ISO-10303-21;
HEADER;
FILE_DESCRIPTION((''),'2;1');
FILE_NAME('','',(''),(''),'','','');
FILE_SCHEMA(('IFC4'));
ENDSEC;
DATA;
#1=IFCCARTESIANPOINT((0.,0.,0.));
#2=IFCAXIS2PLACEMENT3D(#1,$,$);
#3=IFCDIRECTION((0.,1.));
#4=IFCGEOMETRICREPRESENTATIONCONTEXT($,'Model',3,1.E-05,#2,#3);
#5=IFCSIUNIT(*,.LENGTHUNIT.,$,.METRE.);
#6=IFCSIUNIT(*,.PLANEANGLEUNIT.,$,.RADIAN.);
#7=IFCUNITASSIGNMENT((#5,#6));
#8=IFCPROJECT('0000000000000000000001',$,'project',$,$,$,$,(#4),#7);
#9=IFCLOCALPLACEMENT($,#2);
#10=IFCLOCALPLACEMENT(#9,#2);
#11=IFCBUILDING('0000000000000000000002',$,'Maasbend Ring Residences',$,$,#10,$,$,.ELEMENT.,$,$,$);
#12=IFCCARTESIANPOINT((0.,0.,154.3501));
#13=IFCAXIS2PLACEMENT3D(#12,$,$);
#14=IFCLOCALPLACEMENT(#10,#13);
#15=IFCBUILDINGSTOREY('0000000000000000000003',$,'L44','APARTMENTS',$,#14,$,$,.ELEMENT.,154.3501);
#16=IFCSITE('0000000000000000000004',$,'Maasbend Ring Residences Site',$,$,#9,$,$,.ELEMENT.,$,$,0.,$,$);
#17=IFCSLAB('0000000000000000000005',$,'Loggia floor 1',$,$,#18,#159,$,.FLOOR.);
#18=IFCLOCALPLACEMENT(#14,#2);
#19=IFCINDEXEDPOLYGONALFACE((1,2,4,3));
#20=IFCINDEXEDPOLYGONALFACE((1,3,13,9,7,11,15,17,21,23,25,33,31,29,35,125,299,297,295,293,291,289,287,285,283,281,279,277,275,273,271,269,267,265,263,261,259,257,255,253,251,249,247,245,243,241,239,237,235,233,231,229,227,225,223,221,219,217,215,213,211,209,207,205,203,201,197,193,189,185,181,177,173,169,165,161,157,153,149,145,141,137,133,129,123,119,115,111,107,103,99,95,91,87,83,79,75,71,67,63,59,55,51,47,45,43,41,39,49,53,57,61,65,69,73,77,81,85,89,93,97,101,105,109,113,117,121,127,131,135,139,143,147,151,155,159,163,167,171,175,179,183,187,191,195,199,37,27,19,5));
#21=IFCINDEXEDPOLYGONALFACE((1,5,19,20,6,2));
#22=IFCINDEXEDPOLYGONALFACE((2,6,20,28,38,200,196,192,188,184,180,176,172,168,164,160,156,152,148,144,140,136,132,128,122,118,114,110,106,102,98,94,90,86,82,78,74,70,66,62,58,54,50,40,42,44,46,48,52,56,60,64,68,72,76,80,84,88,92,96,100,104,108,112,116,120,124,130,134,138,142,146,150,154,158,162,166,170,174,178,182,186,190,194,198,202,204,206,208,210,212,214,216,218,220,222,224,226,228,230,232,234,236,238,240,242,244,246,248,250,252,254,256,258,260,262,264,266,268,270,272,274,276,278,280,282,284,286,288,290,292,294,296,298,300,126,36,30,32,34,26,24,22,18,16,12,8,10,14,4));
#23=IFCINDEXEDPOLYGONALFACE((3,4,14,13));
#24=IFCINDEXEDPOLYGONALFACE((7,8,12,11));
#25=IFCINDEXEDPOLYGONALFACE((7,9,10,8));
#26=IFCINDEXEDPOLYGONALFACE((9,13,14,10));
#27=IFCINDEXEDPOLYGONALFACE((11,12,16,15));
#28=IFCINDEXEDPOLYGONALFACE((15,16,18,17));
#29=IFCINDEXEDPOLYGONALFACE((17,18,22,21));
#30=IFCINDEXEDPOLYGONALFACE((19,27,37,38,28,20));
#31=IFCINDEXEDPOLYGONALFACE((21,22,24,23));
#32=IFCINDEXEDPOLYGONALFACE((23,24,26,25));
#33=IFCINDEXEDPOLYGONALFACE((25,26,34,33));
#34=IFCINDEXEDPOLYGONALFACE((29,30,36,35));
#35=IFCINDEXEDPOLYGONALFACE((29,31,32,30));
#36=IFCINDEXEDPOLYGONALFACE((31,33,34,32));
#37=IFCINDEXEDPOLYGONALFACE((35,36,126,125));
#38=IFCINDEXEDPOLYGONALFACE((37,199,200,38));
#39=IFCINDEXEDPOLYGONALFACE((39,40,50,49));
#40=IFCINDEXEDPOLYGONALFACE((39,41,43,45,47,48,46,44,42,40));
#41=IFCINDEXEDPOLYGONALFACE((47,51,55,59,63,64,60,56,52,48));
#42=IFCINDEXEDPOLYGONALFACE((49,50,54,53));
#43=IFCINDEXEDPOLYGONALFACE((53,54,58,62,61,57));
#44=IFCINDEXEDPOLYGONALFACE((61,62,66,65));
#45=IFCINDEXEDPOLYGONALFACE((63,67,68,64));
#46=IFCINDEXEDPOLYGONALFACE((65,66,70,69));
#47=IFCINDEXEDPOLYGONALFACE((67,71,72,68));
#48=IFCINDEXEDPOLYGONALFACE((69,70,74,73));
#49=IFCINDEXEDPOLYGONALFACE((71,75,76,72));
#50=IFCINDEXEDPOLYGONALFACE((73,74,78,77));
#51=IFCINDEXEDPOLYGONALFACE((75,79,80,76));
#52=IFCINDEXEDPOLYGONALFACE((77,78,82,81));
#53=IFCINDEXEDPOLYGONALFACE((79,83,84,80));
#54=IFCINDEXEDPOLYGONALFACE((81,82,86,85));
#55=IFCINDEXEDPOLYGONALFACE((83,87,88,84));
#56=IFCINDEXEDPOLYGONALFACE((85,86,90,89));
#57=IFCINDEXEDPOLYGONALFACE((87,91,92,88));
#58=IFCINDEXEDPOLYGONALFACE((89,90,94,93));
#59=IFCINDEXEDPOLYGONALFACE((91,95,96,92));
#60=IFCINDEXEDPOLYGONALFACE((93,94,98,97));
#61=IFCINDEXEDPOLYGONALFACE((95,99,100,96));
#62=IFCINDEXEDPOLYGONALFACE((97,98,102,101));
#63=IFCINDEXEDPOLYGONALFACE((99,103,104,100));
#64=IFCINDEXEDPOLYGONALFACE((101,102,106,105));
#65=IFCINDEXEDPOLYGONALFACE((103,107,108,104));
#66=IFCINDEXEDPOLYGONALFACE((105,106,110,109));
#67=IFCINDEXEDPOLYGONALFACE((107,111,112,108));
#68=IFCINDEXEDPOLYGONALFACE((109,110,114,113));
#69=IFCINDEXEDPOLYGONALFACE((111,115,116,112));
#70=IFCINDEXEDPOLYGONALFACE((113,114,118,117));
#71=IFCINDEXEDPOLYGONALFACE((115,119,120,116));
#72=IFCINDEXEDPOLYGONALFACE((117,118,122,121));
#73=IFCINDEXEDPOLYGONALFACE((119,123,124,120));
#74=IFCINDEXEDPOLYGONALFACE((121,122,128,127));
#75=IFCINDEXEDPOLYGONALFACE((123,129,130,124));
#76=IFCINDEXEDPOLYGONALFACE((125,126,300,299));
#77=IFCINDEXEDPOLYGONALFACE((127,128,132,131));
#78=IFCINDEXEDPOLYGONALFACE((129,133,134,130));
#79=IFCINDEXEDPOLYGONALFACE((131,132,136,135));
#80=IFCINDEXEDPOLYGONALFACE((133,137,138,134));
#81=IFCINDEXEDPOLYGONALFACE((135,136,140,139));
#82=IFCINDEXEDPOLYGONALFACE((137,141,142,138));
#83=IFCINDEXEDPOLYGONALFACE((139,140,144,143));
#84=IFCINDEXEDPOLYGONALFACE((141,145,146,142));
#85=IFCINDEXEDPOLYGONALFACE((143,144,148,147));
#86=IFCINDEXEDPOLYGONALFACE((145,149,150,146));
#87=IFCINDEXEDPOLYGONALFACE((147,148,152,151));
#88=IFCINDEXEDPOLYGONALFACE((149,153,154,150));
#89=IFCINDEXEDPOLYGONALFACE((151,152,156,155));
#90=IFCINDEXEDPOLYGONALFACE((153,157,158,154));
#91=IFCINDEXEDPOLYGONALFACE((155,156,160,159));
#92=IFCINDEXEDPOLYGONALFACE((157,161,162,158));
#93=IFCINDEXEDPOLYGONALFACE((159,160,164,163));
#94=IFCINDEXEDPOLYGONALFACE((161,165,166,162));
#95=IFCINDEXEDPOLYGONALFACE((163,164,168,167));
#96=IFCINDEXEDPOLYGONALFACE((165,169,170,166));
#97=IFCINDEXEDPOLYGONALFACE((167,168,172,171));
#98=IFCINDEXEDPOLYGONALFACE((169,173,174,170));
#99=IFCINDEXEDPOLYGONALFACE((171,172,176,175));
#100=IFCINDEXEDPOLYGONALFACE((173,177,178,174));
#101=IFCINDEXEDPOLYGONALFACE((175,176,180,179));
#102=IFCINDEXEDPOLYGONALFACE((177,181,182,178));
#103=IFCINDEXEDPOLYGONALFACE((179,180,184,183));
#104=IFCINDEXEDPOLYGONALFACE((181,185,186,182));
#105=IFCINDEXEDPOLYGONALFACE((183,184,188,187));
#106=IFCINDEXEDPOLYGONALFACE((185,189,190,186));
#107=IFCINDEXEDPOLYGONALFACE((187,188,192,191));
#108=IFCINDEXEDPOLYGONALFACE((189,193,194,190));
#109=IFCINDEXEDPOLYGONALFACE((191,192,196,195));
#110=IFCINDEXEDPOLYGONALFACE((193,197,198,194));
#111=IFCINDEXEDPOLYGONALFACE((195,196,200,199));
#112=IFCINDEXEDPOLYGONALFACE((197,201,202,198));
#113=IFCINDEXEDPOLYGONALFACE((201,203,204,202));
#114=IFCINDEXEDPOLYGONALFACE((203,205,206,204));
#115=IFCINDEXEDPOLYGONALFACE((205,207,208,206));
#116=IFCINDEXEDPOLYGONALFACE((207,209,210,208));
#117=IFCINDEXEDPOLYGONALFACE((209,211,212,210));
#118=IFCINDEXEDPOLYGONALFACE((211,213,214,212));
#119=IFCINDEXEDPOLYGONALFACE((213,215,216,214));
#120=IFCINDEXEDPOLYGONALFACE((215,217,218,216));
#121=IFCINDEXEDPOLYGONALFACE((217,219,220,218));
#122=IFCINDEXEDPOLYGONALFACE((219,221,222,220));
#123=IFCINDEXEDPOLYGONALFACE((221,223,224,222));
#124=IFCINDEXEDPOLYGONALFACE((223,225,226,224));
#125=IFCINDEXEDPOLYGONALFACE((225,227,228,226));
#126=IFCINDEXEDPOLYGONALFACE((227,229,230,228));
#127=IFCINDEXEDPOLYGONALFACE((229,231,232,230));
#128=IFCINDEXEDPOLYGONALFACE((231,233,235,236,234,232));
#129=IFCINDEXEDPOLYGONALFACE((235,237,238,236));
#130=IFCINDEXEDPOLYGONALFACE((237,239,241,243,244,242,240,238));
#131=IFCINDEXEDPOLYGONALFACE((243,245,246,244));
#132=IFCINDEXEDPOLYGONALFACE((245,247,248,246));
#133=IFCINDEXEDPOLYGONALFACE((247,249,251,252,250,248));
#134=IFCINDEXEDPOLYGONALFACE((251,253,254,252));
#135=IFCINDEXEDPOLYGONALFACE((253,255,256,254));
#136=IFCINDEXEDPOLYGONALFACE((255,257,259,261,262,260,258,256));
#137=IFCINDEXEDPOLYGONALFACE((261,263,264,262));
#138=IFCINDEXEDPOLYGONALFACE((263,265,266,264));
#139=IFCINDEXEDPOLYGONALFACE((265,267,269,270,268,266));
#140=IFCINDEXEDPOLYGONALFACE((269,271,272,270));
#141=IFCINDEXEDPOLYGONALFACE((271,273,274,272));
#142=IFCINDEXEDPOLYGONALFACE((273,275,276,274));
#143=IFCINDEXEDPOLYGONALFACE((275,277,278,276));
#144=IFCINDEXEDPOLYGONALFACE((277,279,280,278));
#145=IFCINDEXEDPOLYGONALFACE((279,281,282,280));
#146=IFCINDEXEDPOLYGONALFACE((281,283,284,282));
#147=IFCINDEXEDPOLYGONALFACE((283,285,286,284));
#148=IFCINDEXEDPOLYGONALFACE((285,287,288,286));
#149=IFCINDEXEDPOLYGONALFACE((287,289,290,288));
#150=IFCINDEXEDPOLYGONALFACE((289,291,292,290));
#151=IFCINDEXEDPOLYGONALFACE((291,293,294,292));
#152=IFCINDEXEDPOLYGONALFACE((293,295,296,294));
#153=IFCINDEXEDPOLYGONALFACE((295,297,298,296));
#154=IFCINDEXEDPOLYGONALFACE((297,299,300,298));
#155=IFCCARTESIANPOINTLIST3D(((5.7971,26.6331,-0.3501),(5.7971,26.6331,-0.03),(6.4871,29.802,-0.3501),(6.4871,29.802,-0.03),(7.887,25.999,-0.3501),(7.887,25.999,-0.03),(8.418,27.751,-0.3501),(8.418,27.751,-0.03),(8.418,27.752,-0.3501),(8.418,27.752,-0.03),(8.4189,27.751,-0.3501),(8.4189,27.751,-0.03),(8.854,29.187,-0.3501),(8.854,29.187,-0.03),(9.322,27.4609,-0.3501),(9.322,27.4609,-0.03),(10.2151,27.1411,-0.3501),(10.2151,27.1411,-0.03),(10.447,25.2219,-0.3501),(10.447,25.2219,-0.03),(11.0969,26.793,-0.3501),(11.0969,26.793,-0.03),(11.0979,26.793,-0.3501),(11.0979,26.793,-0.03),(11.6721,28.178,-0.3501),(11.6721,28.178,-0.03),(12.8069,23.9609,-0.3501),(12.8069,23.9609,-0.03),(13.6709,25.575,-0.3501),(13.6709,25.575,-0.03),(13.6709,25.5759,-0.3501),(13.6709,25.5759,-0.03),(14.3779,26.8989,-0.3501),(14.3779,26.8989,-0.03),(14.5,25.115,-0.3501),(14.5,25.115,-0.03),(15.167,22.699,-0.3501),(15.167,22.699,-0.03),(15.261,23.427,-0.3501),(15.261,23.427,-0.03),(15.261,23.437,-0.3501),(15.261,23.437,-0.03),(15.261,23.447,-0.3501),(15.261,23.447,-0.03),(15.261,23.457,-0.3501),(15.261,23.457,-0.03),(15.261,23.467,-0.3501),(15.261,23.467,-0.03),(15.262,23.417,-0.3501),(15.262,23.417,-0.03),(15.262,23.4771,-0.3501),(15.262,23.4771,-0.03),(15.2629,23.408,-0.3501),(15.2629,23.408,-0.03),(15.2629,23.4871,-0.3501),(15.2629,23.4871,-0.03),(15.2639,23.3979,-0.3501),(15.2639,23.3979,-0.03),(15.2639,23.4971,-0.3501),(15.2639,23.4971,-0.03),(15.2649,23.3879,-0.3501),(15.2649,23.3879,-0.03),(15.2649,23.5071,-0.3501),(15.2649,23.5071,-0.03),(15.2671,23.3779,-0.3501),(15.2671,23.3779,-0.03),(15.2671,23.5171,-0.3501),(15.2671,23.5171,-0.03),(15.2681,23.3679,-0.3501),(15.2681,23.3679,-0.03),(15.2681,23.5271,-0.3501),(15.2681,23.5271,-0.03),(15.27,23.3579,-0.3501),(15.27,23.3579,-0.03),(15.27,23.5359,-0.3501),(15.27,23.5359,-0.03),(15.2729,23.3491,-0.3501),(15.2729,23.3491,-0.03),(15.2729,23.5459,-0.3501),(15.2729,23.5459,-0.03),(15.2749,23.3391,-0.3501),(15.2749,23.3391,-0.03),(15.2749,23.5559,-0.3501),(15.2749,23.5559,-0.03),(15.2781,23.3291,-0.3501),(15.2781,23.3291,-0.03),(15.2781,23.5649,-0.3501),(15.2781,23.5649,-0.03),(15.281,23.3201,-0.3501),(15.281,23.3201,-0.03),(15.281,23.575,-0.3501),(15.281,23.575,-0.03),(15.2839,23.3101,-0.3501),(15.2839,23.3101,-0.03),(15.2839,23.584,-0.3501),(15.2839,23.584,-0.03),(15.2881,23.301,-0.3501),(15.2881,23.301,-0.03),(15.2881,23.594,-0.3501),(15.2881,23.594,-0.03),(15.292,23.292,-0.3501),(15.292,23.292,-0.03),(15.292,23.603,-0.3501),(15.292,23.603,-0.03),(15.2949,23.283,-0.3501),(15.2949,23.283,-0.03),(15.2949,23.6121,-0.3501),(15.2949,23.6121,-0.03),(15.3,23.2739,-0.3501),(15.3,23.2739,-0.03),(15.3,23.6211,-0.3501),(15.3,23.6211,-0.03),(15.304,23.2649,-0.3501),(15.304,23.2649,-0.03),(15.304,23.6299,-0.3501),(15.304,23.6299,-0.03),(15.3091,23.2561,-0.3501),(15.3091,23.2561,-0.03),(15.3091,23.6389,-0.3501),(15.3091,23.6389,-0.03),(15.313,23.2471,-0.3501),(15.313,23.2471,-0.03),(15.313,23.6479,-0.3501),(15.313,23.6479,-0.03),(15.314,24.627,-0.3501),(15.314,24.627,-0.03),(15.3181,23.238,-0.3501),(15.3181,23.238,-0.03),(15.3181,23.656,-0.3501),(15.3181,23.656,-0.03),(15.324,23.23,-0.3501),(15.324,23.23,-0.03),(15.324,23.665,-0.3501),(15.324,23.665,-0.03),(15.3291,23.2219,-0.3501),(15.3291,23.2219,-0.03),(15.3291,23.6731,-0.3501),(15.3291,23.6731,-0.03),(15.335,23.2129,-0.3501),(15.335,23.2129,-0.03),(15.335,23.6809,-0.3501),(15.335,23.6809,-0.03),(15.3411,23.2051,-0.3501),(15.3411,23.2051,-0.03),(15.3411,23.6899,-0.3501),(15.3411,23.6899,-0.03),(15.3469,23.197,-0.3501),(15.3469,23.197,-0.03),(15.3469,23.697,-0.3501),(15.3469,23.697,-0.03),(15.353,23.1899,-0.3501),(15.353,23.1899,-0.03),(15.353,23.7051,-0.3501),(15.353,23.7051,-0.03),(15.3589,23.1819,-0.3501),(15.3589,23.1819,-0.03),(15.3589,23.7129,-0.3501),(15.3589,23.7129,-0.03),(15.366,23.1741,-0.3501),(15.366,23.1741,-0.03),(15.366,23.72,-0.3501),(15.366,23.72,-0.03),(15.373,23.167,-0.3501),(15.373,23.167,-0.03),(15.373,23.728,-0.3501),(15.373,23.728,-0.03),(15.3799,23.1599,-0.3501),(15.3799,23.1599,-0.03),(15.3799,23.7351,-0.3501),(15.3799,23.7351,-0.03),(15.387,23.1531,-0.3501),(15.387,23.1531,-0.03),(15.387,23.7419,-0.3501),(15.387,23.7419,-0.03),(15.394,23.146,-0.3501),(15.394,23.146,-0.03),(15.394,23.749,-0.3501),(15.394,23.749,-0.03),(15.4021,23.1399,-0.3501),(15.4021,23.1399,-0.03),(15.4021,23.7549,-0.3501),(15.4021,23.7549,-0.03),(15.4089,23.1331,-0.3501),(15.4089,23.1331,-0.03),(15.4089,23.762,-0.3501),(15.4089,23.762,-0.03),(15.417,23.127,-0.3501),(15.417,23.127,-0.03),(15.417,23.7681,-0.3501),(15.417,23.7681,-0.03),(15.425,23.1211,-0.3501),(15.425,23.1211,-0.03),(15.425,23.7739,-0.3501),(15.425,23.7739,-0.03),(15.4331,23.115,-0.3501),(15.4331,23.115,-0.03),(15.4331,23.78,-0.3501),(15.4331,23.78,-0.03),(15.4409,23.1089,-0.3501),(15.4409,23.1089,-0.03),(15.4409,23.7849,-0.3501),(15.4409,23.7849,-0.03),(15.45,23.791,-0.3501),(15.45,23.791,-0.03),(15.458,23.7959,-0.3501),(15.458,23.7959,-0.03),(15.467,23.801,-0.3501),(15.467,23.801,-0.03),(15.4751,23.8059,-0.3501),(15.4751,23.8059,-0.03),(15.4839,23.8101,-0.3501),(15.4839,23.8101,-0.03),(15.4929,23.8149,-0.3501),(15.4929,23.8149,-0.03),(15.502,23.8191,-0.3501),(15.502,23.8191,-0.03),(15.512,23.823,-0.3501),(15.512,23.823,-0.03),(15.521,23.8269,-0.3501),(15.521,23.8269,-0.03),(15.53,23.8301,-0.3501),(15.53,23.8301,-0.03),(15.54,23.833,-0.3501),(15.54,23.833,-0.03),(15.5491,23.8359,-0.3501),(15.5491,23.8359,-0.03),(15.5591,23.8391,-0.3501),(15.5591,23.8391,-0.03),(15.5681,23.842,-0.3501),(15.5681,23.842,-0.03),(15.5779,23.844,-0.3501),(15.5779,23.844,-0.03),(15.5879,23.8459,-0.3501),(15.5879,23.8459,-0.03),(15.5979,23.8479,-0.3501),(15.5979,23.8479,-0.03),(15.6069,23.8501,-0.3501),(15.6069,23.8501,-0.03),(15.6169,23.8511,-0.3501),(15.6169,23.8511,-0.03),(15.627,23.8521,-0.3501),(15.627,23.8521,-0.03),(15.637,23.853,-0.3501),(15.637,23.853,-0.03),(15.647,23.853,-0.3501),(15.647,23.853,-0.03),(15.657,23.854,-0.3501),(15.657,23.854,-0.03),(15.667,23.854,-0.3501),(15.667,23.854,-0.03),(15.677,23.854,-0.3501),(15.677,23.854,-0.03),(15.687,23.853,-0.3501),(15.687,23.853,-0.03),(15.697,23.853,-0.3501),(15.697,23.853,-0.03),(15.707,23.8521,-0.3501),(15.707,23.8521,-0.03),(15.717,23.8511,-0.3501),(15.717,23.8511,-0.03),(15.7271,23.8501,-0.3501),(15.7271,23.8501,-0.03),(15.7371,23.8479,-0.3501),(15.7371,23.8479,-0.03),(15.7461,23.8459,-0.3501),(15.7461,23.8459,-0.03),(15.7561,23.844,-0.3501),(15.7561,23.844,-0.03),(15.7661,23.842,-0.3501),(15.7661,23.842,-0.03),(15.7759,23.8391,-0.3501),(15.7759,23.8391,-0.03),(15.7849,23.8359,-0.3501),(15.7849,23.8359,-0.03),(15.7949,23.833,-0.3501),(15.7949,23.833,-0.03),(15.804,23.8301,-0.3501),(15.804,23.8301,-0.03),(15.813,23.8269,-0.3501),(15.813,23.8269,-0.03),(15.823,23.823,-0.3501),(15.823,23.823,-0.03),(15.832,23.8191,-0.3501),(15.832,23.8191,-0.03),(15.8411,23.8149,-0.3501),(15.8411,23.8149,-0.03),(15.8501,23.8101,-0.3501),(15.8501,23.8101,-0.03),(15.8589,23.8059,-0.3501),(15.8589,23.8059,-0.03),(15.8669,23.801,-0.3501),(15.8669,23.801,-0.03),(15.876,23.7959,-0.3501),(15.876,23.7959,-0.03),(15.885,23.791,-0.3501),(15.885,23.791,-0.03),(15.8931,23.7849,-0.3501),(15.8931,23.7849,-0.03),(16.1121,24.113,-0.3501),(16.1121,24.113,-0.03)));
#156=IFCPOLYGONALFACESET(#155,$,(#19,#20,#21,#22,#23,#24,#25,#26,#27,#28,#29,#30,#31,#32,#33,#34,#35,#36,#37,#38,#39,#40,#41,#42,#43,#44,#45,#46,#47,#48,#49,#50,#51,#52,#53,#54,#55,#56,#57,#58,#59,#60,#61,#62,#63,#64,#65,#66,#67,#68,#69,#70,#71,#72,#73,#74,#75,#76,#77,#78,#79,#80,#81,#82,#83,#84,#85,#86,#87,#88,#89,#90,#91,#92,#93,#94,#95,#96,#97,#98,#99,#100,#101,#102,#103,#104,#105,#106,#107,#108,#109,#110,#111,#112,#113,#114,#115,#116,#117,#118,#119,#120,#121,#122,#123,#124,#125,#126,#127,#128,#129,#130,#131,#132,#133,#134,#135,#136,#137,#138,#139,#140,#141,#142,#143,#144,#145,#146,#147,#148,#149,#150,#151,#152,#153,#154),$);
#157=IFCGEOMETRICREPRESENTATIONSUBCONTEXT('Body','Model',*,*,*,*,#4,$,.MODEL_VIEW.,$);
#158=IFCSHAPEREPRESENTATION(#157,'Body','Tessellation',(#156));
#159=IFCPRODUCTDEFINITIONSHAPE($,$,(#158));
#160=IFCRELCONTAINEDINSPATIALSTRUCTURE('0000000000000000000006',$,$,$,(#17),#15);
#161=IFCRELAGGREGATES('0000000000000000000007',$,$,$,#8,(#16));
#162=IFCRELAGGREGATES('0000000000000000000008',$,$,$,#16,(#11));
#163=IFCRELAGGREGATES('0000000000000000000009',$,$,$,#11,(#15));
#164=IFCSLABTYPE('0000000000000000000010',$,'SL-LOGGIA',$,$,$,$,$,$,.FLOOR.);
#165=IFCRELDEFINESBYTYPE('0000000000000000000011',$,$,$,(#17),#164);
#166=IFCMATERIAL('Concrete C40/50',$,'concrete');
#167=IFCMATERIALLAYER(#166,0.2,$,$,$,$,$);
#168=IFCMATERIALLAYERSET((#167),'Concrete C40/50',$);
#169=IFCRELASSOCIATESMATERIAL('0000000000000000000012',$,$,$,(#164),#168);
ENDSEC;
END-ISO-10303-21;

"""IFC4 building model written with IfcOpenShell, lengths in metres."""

from ifc_helpers import new_model, si_unit, direction, frame, origin, place, context, subcontext, project, spatial, polyline, outline, extrude, material, layer, layer_set, type_object, element, save


model = new_model("IFC4")

# Units and contexts
model_context = context("Model", 3, precision=1e-05, world=origin(), true_north=direction((0.0, 1.0)))
body_context = subcontext(model_context, "Body", "Model", "MODEL_VIEW")
ifc_project = project(units=[si_unit("LENGTHUNIT", "METRE"), si_unit("PLANEANGLEUNIT", "RADIAN")], contexts=[model_context])

# Site, building, storey
site_placement = place(None, origin())
site = spatial("IfcSite", under=ifc_project, at=site_placement, Name="Maasbend Ring Residences Site", CompositionType="ELEMENT", RefElevation=0.0)
building_placement = place(site_placement, origin())
building = spatial("IfcBuilding", under=site, at=building_placement, Name="Maasbend Ring Residences", CompositionType="ELEMENT")
storey_placement = place(building_placement, frame((0.0, 0.0, 154.3501)))
storey = spatial("IfcBuildingStorey", under=building, at=storey_placement, Name="L44", Description="APARTMENTS", CompositionType="ELEMENT", Elevation=154.3501)

# Slab
ifc_material_1 = material(Name="Concrete C40/50", Category="concrete")
ifc_layer_1 = layer(ifc_material_1, 0.2)
ifc_layer_set_1 = layer_set([ifc_layer_1], Name="Concrete C40/50")
slab_type_1 = type_object("IfcSlabType", Name="SL-LOGGIA", PredefinedType="FLOOR", material=ifc_layer_set_1)
slab_1_placement = place(storey_placement, frame((0.0, 0.0, -0.3501)))
element("IfcSlab", 1, at=slab_1_placement, inside=storey, type_object=slab_type_1, Name="Loggia floor 1", PredefinedType="FLOOR", context=body_context, shape_type="SweptSolid", body=[
    extrude(outline(polyline([(8.854, 29.187), (8.854, 29.187), (8.854, 29.187), (8.418, 27.752), (8.418, 27.752), (8.418, 27.752), (8.418, 27.752), (8.418, 27.752), (8.418, 27.752), (8.418, 27.751), (8.418, 27.751), (8.418, 27.751), (8.418, 27.751), (8.418, 27.751), (8.4189, 27.751), (8.4189, 27.751), (8.4189, 27.751), (8.4189, 27.751), (8.4189, 27.751), (8.4189, 27.751), (9.322, 27.4609), (9.322, 27.4609), (10.2151, 27.1411), (10.2151, 27.1411), (11.0969, 26.793), (11.0969, 26.793), (11.0969, 26.793), (11.0979, 26.793), (11.0979, 26.793), (11.0979, 26.793), (11.0979, 26.793), (11.0979, 26.793), (11.0979, 26.793), (11.0979, 26.793), (11.0979, 26.793), (11.0979, 26.793), (11.0979, 26.793), (11.0979, 26.793), (11.0979, 26.793), (11.0979, 26.793), (11.0979, 26.793), (11.6721, 28.178), (11.6721, 28.178), (11.6721, 28.178), (14.3779, 26.8989), (14.3779, 26.8989), (14.3779, 26.8989), (13.6709, 25.5759), (13.6709, 25.5759), (13.6709, 25.5759), (13.6709, 25.5759), (13.6709, 25.5759), (13.6709, 25.5759), (13.6709, 25.5759), (13.6709, 25.5759), (13.6709, 25.5759), (13.6709, 25.5759), (13.6709, 25.5759), (13.6709, 25.5759), (13.6709, 25.5759), (13.6709, 25.5759), (13.6709, 25.5759), (13.6709, 25.5759), (13.6709, 25.575), (14.5, 25.115), (14.5, 25.115), (15.314, 24.627), (15.314, 24.627), (16.1121, 24.113), (16.1121, 24.113), (16.1121, 24.113), (15.8931, 23.7849), (15.885, 23.791), (15.876, 23.7959), (15.8669, 23.801), (15.8589, 23.8059), (15.8501, 23.8101), (15.8411, 23.8149), (15.832, 23.8191), (15.823, 23.823), (15.813, 23.8269), (15.804, 23.8301), (15.7949, 23.833), (15.7849, 23.8359), (15.7759, 23.8391), (15.7661, 23.842), (15.7561, 23.844), (15.7461, 23.8459), (15.7371, 23.8479), (15.7271, 23.8501), (15.717, 23.8511), (15.707, 23.8521), (15.697, 23.853), (15.687, 23.853), (15.677, 23.854), (15.667, 23.854), (15.657, 23.854), (15.647, 23.853), (15.637, 23.853), (15.627, 23.8521), (15.6169, 23.8511), (15.6069, 23.8501), (15.5979, 23.8479), (15.5879, 23.8459), (15.5779, 23.844), (15.5681, 23.842), (15.5591, 23.8391), (15.5491, 23.8359), (15.54, 23.833), (15.53, 23.8301), (15.521, 23.8269), (15.512, 23.823), (15.502, 23.8191), (15.4929, 23.8149), (15.4839, 23.8101), (15.4751, 23.8059), (15.467, 23.801), (15.458, 23.7959), (15.45, 23.791), (15.4409, 23.7849), (15.4331, 23.78), (15.425, 23.7739), (15.417, 23.7681), (15.4089, 23.762), (15.4021, 23.7549), (15.394, 23.749), (15.387, 23.7419), (15.3799, 23.7351), (15.373, 23.728), (15.366, 23.72), (15.3589, 23.7129), (15.353, 23.7051), (15.3469, 23.697), (15.3411, 23.6899), (15.335, 23.6809), (15.3291, 23.6731), (15.324, 23.665), (15.3181, 23.656), (15.313, 23.6479), (15.3091, 23.6389), (15.304, 23.6299), (15.3, 23.6211), (15.2949, 23.6121), (15.292, 23.603), (15.2881, 23.594), (15.2839, 23.584), (15.281, 23.575), (15.2781, 23.5649), (15.2749, 23.5559), (15.2729, 23.5459), (15.27, 23.5359), (15.2681, 23.5271), (15.2671, 23.5171), (15.2649, 23.5071), (15.2639, 23.4971), (15.2629, 23.4871), (15.262, 23.4771), (15.261, 23.467), (15.261, 23.457), (15.261, 23.447), (15.261, 23.437), (15.261, 23.427), (15.262, 23.417), (15.2629, 23.408), (15.2639, 23.3979), (15.2649, 23.3879), (15.2671, 23.3779), (15.2681, 23.3679), (15.27, 23.3579), (15.2729, 23.3491), (15.2749, 23.3391), (15.2781, 23.3291), (15.281, 23.3201), (15.2839, 23.3101), (15.2881, 23.301), (15.292, 23.292), (15.2949, 23.283), (15.3, 23.2739), (15.304, 23.2649), (15.3091, 23.2561), (15.313, 23.2471), (15.3181, 23.238), (15.324, 23.23), (15.3291, 23.2219), (15.335, 23.2129), (15.3411, 23.2051), (15.3469, 23.197), (15.353, 23.1899), (15.3589, 23.1819), (15.366, 23.1741), (15.373, 23.167), (15.3799, 23.1599), (15.387, 23.1531), (15.394, 23.146), (15.4021, 23.1399), (15.4089, 23.1331), (15.417, 23.127), (15.425, 23.1211), (15.4331, 23.115), (15.4409, 23.1089), (15.167, 22.699), (15.167, 22.699), (15.167, 22.699), (12.8069, 23.9609), (10.447, 25.2219), (10.447, 25.2219), (10.447, 25.2219), (7.887, 25.999), (5.7971, 26.6331), (5.7971, 26.6331), (5.7971, 26.6331), (6.4871, 29.802), (6.4871, 29.802), (6.4871, 29.802), (8.854, 29.187)])), origin(), (0.0, 0.0, 1.0), 0.3201),
])

save(model, "model.ifc")
